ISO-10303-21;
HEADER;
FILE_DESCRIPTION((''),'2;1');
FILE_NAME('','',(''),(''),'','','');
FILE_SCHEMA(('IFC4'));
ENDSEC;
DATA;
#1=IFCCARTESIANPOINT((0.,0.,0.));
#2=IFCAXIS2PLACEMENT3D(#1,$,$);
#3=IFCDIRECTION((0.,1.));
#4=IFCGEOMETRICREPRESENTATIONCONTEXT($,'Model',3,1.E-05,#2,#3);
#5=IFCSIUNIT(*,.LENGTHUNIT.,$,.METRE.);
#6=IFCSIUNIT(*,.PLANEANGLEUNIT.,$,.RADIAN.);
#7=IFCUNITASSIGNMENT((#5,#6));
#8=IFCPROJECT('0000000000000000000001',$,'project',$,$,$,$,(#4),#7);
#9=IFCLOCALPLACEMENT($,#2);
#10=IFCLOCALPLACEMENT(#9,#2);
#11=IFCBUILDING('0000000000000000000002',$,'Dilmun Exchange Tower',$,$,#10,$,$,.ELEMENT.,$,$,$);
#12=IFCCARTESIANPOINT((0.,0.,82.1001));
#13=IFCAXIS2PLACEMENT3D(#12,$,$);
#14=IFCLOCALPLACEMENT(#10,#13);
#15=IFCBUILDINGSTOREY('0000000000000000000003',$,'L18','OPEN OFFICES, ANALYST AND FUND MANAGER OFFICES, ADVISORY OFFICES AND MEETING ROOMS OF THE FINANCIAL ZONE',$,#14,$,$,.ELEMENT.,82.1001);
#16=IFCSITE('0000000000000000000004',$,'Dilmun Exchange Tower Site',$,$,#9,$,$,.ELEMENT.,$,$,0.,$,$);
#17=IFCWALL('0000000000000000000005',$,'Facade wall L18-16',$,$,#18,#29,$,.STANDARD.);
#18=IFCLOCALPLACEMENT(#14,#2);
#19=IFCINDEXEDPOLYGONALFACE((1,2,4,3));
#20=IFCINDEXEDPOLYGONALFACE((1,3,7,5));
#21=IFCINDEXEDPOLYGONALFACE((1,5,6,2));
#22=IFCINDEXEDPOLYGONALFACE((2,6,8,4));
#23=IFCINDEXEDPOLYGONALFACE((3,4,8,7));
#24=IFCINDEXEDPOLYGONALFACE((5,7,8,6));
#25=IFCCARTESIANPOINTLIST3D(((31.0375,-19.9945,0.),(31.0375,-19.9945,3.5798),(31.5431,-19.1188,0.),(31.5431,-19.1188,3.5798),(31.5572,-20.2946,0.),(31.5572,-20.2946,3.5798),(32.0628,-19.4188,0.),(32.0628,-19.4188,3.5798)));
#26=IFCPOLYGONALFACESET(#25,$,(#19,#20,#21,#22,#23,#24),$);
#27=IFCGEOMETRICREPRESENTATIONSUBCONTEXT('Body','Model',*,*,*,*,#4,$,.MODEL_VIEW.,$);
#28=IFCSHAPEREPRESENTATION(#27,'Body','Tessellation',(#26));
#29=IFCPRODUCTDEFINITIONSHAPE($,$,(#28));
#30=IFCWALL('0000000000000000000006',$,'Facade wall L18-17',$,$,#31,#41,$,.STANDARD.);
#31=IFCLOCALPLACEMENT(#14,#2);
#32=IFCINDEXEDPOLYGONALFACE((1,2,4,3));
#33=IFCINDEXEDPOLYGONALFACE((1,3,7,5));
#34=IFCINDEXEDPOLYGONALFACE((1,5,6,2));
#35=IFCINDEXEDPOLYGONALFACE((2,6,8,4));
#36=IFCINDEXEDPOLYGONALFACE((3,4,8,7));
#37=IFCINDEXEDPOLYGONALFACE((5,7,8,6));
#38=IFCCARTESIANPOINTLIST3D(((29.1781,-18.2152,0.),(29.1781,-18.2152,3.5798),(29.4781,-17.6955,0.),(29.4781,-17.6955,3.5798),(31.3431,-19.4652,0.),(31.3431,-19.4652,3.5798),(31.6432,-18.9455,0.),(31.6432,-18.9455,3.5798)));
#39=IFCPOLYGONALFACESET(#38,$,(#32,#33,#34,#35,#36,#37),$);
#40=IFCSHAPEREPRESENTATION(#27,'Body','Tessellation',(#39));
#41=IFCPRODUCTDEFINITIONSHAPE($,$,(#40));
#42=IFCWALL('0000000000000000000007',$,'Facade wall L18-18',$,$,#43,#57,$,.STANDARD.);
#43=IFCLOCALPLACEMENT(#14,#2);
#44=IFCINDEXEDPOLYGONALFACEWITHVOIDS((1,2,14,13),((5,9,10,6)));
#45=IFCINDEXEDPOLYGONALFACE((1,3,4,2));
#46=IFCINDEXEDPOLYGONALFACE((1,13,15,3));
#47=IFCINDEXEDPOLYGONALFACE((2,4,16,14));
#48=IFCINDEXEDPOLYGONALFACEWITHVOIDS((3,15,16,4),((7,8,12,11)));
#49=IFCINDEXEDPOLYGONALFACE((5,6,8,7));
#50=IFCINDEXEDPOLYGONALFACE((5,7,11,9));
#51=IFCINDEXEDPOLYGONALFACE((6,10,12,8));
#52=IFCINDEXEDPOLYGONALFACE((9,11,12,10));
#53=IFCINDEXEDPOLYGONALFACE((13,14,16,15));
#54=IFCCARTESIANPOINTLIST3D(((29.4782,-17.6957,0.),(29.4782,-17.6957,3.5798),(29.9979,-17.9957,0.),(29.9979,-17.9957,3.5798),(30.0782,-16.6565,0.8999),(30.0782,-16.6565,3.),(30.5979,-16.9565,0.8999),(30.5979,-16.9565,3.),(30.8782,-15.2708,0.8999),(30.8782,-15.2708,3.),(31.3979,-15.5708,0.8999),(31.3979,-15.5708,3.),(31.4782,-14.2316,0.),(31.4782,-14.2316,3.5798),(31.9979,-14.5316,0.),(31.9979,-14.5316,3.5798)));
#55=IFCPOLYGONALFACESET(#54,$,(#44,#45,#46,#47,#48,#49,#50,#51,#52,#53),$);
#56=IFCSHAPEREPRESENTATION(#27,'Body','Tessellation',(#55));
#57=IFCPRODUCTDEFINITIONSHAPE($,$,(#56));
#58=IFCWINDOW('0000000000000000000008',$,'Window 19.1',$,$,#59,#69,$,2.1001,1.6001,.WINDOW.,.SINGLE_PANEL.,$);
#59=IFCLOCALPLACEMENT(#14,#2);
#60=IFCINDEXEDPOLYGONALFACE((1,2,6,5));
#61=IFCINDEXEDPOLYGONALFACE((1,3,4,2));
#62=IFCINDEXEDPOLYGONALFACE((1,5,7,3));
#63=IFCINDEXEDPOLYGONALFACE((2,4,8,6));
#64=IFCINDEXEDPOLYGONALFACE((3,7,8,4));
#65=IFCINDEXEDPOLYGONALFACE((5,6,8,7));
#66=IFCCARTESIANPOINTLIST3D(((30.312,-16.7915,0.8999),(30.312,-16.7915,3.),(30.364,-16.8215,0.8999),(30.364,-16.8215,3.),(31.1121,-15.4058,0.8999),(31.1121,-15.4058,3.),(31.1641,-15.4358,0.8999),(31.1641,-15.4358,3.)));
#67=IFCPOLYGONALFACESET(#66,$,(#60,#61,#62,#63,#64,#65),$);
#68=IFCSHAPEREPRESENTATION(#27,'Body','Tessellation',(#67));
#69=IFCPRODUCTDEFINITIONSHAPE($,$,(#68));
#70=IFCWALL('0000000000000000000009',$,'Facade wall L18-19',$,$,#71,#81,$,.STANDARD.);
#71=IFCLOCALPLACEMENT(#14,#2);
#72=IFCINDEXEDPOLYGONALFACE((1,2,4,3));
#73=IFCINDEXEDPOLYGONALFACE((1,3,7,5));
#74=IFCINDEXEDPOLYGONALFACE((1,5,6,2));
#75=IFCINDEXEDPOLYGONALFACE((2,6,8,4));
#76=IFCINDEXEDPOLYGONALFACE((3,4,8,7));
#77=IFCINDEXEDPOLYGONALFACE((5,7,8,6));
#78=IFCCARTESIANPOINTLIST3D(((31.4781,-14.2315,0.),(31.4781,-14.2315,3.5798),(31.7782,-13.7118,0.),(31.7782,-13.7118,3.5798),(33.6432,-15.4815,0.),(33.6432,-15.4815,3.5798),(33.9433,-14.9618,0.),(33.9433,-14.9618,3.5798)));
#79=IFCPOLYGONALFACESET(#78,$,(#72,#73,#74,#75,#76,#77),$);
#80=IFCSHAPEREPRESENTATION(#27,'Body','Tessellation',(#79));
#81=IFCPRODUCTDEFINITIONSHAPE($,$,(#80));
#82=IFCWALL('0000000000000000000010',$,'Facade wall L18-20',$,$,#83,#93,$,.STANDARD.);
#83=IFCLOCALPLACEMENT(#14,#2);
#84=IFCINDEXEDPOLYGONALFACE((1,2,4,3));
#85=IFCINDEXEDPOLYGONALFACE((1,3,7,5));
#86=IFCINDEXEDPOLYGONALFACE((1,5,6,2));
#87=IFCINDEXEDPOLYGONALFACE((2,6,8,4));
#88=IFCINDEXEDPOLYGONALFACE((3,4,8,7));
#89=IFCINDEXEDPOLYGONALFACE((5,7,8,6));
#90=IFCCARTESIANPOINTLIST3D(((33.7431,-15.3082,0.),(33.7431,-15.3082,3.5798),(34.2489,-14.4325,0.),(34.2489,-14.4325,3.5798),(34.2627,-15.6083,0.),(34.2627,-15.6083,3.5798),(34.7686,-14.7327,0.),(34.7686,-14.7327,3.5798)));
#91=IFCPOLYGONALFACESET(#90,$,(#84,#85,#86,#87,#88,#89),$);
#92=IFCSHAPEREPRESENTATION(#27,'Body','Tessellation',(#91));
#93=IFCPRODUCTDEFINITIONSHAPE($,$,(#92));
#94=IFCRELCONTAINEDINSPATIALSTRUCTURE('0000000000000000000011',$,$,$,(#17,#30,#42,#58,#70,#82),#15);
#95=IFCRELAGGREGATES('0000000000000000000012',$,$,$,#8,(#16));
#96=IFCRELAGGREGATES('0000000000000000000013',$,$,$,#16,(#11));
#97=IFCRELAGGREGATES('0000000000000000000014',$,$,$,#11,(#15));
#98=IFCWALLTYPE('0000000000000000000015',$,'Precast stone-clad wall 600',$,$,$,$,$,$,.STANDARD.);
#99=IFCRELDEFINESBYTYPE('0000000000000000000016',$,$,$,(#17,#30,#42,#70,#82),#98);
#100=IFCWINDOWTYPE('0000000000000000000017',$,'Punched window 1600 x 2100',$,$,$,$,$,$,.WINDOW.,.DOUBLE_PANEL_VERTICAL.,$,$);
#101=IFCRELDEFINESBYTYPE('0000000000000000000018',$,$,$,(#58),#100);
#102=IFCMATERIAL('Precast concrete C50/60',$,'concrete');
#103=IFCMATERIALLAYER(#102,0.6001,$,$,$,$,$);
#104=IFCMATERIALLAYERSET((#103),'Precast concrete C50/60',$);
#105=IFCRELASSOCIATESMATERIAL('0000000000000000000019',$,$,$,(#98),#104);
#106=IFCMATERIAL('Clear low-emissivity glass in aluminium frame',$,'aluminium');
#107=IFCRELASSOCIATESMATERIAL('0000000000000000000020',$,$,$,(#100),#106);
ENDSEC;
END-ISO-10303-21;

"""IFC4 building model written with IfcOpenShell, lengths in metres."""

from ifc_helpers import new_model, si_unit, direction, frame, frame_2d, origin, place, context, subcontext, project, spatial, rectangle, extrude, material, layer, layer_set, type_object, element, fill, save


model = new_model("IFC4")

# Units and contexts
model_context = context("Model", 3, precision=1e-05, world=origin(), true_north=direction((0.0, 1.0)))
body_context = subcontext(model_context, "Body", "Model", "MODEL_VIEW")
ifc_project = project(units=[si_unit("LENGTHUNIT", "METRE"), si_unit("PLANEANGLEUNIT", "RADIAN")], contexts=[model_context])

# Site, building, storey
site_placement = place(None, origin())
site = spatial("IfcSite", under=ifc_project, at=site_placement, Name="Dilmun Exchange Tower Site", CompositionType="ELEMENT", RefElevation=0.0)
building_placement = place(site_placement, origin())
building = spatial("IfcBuilding", under=site, at=building_placement, Name="Dilmun Exchange Tower", CompositionType="ELEMENT")
storey_placement = place(building_placement, frame((0.0, 0.0, 82.1001)))
storey = spatial("IfcBuildingStorey", under=building, at=storey_placement, Name="L18", Description="OPEN OFFICES, ANALYST AND FUND MANAGER OFFICES, ADVISORY OFFICES AND MEETING ROOMS OF THE FINANCIAL ZONE", CompositionType="ELEMENT", Elevation=82.1001)

# Walls
ifc_material_1 = material(Name="Precast concrete C50/60", Category="concrete")
ifc_layer = layer(ifc_material_1, 0.6001)
ifc_layer_set = layer_set([ifc_layer], Name="Precast concrete C50/60")
wall_type = type_object("IfcWallType", Name="Precast stone-clad wall 600", PredefinedType="STANDARD", material=ifc_layer_set)
wall_1_placement = place(storey_placement, frame((31.2974, -20.1445, 0.0), z_axis=(0.0, 0.0, 1.0), x_axis=(0.500008, 0.866021, 0.0)))
element("IfcWall", 1, at=wall_1_placement, inside=storey, type_object=wall_type, Name="Facade wall L18-16", PredefinedType="STANDARD", context=body_context, shape_type="SweptSolid", body=[
    extrude(rectangle(XDim=1.0112, YDim=0.6001, at=frame_2d((0.5056, 0.0))), origin(), (0.0, 0.0, 1.0), 3.5798),
])
wall_2_placement = place(storey_placement, frame((31.4932, -19.2053, 0.0), z_axis=(0.0, 0.0, 1.0), x_axis=(-0.866023, 0.500004, 0.0)))
element("IfcWall", 2, at=wall_2_placement, inside=storey, type_object=wall_type, Name="Facade wall L18-17", PredefinedType="STANDARD", context=body_context, shape_type="SweptSolid", body=[
    extrude(rectangle(XDim=2.5, YDim=0.6001, at=frame_2d((1.25, 0.0))), origin(), (0.0, 0.0, 1.0), 3.5798),
])

# Wall, opening, window
wall_3_placement = place(storey_placement, frame((29.738, -17.8457, 0.0), z_axis=(0.0, 0.0, 1.0), x_axis=(0.499999, 0.866026, 0.0)))
wall_3 = element("IfcWall", 3, at=wall_3_placement, inside=storey, type_object=wall_type, Name="Facade wall L18-18", PredefinedType="STANDARD", context=body_context, shape_type="SweptSolid", body=[
    extrude(rectangle(XDim=4.0, YDim=0.6001, at=frame_2d((2.0, 0.0))), origin(), (0.0, 0.0, 1.0), 3.5798),
])
opening_1_placement = place(wall_3_placement, frame((1.2, 0.0, 0.8999)))
opening_1 = element("IfcOpeningElement", 4, at=opening_1_placement, cuts=wall_3, PredefinedType="OPENING", context=body_context, shape_type="SweptSolid", body=[
    extrude(rectangle(XDim=1.6001, YDim=2.1001, at=frame_2d((0.8, 1.05))), frame((0.0, 0.3101, 0.0), z_axis=(0.0, -1.0, 0.0), x_axis=(1.0, 0.0, 0.0)), (0.0, 0.0, 1.0), 0.6201),
])
ifc_material_2 = material(Name="Clear low-emissivity glass in aluminium frame", Category="aluminium")
window_type_1 = type_object("IfcWindowType", Name="Punched window 1600 x 2100", PartitioningType="DOUBLE_PANEL_VERTICAL", PredefinedType="WINDOW", material=ifc_material_2)
window_1_placement = place(opening_1_placement, origin())
window_1 = element("IfcWindow", 5, at=window_1_placement, inside=storey, type_object=window_type_1, Name="Window 19.1", OverallHeight=2.1001, OverallWidth=1.6001, PartitioningType="SINGLE_PANEL", PredefinedType="WINDOW", context=body_context, shape_type="SweptSolid", body=[
    extrude(rectangle(XDim=1.6001, YDim=2.1001, at=frame_2d((0.8, 1.05))), frame((0.0, 0.03, 0.0), z_axis=(0.0, -1.0, 0.0), x_axis=(1.0, 0.0, 0.0)), (0.0, 0.0, 1.0), 0.0601),
])
fill(opening_1, window_1)

# Walls
wall_4_placement = place(storey_placement, frame((31.6282, -13.9717, 0.0), z_axis=(0.0, 0.0, 1.0), x_axis=(0.866023, -0.500004, 0.0)))
element("IfcWall", 6, at=wall_4_placement, inside=storey, type_object=wall_type, Name="Facade wall L18-19", PredefinedType="STANDARD", context=body_context, shape_type="SweptSolid", body=[
    extrude(rectangle(XDim=2.5, YDim=0.6001, at=frame_2d((1.25, 0.0))), origin(), (0.0, 0.0, 1.0), 3.5798),
])
wall_5_placement = place(storey_placement, frame((34.0029, -15.4583, 0.0), z_axis=(0.0, 0.0, 1.0), x_axis=(0.500189, 0.865916, 0.0)))
element("IfcWall", 7, at=wall_5_placement, inside=storey, type_object=wall_type, Name="Facade wall L18-20", PredefinedType="STANDARD", context=body_context, shape_type="SweptSolid", body=[
    extrude(rectangle(XDim=1.0112, YDim=0.6001, at=frame_2d((0.5056, 0.0))), origin(), (0.0, 0.0, 1.0), 3.5798),
])

save(model, "model.ifc")
